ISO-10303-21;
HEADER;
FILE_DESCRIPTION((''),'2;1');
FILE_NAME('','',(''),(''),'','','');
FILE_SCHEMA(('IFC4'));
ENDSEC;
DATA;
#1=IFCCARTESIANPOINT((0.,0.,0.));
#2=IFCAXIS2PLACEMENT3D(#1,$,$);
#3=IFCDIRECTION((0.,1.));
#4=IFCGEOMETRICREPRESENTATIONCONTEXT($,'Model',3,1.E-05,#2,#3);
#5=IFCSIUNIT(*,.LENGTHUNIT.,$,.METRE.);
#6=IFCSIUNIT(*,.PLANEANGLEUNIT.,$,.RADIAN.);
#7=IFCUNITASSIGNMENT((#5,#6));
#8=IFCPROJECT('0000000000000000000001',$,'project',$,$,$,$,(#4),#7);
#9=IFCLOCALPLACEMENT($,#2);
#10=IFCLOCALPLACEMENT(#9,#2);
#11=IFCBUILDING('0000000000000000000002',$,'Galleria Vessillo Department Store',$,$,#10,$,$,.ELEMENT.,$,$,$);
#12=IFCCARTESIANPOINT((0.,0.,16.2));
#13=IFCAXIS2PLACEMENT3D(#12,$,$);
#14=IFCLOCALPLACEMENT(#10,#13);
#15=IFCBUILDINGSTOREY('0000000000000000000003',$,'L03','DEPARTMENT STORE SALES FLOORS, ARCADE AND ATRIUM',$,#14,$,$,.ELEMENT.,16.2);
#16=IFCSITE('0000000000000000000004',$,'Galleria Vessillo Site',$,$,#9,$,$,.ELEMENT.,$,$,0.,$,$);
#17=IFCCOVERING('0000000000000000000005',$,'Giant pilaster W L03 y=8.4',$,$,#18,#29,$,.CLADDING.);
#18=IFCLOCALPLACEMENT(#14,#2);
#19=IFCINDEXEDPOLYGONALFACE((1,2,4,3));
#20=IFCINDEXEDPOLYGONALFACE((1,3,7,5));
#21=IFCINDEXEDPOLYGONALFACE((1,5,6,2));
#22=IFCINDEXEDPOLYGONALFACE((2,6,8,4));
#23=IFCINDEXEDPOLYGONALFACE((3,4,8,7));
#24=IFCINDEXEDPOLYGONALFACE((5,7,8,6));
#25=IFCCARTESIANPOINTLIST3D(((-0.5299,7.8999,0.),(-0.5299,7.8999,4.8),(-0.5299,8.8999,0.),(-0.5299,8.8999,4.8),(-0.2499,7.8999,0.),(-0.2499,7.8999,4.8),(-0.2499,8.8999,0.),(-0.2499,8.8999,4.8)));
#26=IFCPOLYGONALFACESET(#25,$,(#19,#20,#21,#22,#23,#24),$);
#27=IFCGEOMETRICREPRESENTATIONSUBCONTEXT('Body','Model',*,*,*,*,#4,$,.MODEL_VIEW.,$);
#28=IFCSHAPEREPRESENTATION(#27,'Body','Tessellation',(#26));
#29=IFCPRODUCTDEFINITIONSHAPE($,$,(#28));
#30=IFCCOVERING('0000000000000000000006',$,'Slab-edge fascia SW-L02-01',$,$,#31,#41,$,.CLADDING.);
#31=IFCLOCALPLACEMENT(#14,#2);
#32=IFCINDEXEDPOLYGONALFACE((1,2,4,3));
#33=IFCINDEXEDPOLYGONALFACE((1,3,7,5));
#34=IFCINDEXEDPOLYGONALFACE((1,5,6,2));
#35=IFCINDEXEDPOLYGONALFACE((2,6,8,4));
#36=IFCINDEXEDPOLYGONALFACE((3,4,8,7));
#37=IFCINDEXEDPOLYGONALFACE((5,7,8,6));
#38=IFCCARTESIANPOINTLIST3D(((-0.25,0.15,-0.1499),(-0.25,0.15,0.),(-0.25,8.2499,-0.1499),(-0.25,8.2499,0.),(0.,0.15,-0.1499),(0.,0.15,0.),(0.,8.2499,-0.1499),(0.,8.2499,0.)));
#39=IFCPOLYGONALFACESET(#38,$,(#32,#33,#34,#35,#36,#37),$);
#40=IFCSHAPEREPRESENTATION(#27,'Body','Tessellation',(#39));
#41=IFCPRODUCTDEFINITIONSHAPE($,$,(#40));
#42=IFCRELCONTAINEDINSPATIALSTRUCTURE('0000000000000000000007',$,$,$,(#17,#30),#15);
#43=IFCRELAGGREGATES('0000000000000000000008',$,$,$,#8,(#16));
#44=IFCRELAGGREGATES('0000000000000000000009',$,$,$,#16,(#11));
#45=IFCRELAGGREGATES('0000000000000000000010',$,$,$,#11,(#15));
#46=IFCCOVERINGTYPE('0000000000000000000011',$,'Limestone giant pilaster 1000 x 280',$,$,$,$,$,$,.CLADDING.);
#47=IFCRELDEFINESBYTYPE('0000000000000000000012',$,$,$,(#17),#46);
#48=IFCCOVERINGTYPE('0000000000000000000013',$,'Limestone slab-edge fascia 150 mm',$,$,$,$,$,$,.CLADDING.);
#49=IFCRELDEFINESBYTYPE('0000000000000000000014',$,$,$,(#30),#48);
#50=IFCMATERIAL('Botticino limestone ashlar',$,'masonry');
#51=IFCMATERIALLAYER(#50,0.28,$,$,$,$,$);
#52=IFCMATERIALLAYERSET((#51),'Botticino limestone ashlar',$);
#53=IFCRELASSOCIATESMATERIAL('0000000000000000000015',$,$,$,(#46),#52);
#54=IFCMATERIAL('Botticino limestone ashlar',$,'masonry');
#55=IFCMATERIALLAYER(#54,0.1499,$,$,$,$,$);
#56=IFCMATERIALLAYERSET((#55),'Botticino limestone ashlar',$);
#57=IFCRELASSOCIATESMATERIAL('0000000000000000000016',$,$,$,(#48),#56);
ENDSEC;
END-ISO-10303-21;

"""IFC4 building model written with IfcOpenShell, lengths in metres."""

from ifc_helpers import new_model, si_unit, direction, frame, origin, origin_2d, place, context, subcontext, project, spatial, rectangle, extrude, material, layer, layer_set, type_object, element, save


model = new_model("IFC4")

# Units and contexts
model_context = context("Model", 3, precision=1e-05, world=origin(), true_north=direction((0.0, 1.0)))
body_context = subcontext(model_context, "Body", "Model", "MODEL_VIEW")
ifc_project = project(units=[si_unit("LENGTHUNIT", "METRE"), si_unit("PLANEANGLEUNIT", "RADIAN")], contexts=[model_context])

# Site, building, storey
site_placement = place(None, origin())
site = spatial("IfcSite", under=ifc_project, at=site_placement, Name="Galleria Vessillo Site", CompositionType="ELEMENT", RefElevation=0.0)
building_placement = place(site_placement, origin())
building = spatial("IfcBuilding", under=site, at=building_placement, Name="Galleria Vessillo Department Store", CompositionType="ELEMENT")
storey_placement = place(building_placement, frame((0.0, 0.0, 16.2)))
storey = spatial("IfcBuildingStorey", under=building, at=storey_placement, Name="L03", Description="DEPARTMENT STORE SALES FLOORS, ARCADE AND ATRIUM", CompositionType="ELEMENT", Elevation=16.2)

# Coverings
ifc_material_1 = material(Name="Botticino limestone ashlar", Category="masonry")
ifc_layer_1 = layer(ifc_material_1, 0.28)
ifc_layer_set_1 = layer_set([ifc_layer_1], Name="Botticino limestone ashlar")
covering_type_1 = type_object("IfcCoveringType", Name="Limestone giant pilaster 1000 x 280", PredefinedType="CLADDING", material=ifc_layer_set_1)
covering_1_placement = place(storey_placement, frame((-0.3899, 8.3999, 0.0), z_axis=(0.0, 0.0, 1.0), x_axis=(1.0, 0.0, 0.0)))
element("IfcCovering", 1, at=covering_1_placement, inside=storey, type_object=covering_type_1, Name="Giant pilaster W L03 y=8.4", PredefinedType="CLADDING", context=body_context, shape_type="SweptSolid", body=[
    extrude(rectangle(XDim=0.28, YDim=1.0, at=origin_2d()), origin(), (0.0, 0.0, 1.0), 4.8),
])
ifc_material_2 = material(Name="Botticino limestone ashlar", Category="masonry")
ifc_layer_2 = layer(ifc_material_2, 0.1499)
ifc_layer_set_2 = layer_set([ifc_layer_2], Name="Botticino limestone ashlar")
covering_type_2 = type_object("IfcCoveringType", Name="Limestone slab-edge fascia 150 mm", PredefinedType="CLADDING", material=ifc_layer_set_2)
covering_2_placement = place(storey_placement, frame((-0.125, 4.2, -0.1499), z_axis=(0.0, 0.0, 1.0), x_axis=(1.0, 0.0, 0.0)))
element("IfcCovering", 2, at=covering_2_placement, inside=storey, type_object=covering_type_2, Name="Slab-edge fascia SW-L02-01", PredefinedType="CLADDING", context=body_context, shape_type="SweptSolid", body=[
    extrude(rectangle(XDim=0.25, YDim=8.0999, at=origin_2d()), origin(), (0.0, 0.0, 1.0), 0.1499),
])

save(model, "model.ifc")
